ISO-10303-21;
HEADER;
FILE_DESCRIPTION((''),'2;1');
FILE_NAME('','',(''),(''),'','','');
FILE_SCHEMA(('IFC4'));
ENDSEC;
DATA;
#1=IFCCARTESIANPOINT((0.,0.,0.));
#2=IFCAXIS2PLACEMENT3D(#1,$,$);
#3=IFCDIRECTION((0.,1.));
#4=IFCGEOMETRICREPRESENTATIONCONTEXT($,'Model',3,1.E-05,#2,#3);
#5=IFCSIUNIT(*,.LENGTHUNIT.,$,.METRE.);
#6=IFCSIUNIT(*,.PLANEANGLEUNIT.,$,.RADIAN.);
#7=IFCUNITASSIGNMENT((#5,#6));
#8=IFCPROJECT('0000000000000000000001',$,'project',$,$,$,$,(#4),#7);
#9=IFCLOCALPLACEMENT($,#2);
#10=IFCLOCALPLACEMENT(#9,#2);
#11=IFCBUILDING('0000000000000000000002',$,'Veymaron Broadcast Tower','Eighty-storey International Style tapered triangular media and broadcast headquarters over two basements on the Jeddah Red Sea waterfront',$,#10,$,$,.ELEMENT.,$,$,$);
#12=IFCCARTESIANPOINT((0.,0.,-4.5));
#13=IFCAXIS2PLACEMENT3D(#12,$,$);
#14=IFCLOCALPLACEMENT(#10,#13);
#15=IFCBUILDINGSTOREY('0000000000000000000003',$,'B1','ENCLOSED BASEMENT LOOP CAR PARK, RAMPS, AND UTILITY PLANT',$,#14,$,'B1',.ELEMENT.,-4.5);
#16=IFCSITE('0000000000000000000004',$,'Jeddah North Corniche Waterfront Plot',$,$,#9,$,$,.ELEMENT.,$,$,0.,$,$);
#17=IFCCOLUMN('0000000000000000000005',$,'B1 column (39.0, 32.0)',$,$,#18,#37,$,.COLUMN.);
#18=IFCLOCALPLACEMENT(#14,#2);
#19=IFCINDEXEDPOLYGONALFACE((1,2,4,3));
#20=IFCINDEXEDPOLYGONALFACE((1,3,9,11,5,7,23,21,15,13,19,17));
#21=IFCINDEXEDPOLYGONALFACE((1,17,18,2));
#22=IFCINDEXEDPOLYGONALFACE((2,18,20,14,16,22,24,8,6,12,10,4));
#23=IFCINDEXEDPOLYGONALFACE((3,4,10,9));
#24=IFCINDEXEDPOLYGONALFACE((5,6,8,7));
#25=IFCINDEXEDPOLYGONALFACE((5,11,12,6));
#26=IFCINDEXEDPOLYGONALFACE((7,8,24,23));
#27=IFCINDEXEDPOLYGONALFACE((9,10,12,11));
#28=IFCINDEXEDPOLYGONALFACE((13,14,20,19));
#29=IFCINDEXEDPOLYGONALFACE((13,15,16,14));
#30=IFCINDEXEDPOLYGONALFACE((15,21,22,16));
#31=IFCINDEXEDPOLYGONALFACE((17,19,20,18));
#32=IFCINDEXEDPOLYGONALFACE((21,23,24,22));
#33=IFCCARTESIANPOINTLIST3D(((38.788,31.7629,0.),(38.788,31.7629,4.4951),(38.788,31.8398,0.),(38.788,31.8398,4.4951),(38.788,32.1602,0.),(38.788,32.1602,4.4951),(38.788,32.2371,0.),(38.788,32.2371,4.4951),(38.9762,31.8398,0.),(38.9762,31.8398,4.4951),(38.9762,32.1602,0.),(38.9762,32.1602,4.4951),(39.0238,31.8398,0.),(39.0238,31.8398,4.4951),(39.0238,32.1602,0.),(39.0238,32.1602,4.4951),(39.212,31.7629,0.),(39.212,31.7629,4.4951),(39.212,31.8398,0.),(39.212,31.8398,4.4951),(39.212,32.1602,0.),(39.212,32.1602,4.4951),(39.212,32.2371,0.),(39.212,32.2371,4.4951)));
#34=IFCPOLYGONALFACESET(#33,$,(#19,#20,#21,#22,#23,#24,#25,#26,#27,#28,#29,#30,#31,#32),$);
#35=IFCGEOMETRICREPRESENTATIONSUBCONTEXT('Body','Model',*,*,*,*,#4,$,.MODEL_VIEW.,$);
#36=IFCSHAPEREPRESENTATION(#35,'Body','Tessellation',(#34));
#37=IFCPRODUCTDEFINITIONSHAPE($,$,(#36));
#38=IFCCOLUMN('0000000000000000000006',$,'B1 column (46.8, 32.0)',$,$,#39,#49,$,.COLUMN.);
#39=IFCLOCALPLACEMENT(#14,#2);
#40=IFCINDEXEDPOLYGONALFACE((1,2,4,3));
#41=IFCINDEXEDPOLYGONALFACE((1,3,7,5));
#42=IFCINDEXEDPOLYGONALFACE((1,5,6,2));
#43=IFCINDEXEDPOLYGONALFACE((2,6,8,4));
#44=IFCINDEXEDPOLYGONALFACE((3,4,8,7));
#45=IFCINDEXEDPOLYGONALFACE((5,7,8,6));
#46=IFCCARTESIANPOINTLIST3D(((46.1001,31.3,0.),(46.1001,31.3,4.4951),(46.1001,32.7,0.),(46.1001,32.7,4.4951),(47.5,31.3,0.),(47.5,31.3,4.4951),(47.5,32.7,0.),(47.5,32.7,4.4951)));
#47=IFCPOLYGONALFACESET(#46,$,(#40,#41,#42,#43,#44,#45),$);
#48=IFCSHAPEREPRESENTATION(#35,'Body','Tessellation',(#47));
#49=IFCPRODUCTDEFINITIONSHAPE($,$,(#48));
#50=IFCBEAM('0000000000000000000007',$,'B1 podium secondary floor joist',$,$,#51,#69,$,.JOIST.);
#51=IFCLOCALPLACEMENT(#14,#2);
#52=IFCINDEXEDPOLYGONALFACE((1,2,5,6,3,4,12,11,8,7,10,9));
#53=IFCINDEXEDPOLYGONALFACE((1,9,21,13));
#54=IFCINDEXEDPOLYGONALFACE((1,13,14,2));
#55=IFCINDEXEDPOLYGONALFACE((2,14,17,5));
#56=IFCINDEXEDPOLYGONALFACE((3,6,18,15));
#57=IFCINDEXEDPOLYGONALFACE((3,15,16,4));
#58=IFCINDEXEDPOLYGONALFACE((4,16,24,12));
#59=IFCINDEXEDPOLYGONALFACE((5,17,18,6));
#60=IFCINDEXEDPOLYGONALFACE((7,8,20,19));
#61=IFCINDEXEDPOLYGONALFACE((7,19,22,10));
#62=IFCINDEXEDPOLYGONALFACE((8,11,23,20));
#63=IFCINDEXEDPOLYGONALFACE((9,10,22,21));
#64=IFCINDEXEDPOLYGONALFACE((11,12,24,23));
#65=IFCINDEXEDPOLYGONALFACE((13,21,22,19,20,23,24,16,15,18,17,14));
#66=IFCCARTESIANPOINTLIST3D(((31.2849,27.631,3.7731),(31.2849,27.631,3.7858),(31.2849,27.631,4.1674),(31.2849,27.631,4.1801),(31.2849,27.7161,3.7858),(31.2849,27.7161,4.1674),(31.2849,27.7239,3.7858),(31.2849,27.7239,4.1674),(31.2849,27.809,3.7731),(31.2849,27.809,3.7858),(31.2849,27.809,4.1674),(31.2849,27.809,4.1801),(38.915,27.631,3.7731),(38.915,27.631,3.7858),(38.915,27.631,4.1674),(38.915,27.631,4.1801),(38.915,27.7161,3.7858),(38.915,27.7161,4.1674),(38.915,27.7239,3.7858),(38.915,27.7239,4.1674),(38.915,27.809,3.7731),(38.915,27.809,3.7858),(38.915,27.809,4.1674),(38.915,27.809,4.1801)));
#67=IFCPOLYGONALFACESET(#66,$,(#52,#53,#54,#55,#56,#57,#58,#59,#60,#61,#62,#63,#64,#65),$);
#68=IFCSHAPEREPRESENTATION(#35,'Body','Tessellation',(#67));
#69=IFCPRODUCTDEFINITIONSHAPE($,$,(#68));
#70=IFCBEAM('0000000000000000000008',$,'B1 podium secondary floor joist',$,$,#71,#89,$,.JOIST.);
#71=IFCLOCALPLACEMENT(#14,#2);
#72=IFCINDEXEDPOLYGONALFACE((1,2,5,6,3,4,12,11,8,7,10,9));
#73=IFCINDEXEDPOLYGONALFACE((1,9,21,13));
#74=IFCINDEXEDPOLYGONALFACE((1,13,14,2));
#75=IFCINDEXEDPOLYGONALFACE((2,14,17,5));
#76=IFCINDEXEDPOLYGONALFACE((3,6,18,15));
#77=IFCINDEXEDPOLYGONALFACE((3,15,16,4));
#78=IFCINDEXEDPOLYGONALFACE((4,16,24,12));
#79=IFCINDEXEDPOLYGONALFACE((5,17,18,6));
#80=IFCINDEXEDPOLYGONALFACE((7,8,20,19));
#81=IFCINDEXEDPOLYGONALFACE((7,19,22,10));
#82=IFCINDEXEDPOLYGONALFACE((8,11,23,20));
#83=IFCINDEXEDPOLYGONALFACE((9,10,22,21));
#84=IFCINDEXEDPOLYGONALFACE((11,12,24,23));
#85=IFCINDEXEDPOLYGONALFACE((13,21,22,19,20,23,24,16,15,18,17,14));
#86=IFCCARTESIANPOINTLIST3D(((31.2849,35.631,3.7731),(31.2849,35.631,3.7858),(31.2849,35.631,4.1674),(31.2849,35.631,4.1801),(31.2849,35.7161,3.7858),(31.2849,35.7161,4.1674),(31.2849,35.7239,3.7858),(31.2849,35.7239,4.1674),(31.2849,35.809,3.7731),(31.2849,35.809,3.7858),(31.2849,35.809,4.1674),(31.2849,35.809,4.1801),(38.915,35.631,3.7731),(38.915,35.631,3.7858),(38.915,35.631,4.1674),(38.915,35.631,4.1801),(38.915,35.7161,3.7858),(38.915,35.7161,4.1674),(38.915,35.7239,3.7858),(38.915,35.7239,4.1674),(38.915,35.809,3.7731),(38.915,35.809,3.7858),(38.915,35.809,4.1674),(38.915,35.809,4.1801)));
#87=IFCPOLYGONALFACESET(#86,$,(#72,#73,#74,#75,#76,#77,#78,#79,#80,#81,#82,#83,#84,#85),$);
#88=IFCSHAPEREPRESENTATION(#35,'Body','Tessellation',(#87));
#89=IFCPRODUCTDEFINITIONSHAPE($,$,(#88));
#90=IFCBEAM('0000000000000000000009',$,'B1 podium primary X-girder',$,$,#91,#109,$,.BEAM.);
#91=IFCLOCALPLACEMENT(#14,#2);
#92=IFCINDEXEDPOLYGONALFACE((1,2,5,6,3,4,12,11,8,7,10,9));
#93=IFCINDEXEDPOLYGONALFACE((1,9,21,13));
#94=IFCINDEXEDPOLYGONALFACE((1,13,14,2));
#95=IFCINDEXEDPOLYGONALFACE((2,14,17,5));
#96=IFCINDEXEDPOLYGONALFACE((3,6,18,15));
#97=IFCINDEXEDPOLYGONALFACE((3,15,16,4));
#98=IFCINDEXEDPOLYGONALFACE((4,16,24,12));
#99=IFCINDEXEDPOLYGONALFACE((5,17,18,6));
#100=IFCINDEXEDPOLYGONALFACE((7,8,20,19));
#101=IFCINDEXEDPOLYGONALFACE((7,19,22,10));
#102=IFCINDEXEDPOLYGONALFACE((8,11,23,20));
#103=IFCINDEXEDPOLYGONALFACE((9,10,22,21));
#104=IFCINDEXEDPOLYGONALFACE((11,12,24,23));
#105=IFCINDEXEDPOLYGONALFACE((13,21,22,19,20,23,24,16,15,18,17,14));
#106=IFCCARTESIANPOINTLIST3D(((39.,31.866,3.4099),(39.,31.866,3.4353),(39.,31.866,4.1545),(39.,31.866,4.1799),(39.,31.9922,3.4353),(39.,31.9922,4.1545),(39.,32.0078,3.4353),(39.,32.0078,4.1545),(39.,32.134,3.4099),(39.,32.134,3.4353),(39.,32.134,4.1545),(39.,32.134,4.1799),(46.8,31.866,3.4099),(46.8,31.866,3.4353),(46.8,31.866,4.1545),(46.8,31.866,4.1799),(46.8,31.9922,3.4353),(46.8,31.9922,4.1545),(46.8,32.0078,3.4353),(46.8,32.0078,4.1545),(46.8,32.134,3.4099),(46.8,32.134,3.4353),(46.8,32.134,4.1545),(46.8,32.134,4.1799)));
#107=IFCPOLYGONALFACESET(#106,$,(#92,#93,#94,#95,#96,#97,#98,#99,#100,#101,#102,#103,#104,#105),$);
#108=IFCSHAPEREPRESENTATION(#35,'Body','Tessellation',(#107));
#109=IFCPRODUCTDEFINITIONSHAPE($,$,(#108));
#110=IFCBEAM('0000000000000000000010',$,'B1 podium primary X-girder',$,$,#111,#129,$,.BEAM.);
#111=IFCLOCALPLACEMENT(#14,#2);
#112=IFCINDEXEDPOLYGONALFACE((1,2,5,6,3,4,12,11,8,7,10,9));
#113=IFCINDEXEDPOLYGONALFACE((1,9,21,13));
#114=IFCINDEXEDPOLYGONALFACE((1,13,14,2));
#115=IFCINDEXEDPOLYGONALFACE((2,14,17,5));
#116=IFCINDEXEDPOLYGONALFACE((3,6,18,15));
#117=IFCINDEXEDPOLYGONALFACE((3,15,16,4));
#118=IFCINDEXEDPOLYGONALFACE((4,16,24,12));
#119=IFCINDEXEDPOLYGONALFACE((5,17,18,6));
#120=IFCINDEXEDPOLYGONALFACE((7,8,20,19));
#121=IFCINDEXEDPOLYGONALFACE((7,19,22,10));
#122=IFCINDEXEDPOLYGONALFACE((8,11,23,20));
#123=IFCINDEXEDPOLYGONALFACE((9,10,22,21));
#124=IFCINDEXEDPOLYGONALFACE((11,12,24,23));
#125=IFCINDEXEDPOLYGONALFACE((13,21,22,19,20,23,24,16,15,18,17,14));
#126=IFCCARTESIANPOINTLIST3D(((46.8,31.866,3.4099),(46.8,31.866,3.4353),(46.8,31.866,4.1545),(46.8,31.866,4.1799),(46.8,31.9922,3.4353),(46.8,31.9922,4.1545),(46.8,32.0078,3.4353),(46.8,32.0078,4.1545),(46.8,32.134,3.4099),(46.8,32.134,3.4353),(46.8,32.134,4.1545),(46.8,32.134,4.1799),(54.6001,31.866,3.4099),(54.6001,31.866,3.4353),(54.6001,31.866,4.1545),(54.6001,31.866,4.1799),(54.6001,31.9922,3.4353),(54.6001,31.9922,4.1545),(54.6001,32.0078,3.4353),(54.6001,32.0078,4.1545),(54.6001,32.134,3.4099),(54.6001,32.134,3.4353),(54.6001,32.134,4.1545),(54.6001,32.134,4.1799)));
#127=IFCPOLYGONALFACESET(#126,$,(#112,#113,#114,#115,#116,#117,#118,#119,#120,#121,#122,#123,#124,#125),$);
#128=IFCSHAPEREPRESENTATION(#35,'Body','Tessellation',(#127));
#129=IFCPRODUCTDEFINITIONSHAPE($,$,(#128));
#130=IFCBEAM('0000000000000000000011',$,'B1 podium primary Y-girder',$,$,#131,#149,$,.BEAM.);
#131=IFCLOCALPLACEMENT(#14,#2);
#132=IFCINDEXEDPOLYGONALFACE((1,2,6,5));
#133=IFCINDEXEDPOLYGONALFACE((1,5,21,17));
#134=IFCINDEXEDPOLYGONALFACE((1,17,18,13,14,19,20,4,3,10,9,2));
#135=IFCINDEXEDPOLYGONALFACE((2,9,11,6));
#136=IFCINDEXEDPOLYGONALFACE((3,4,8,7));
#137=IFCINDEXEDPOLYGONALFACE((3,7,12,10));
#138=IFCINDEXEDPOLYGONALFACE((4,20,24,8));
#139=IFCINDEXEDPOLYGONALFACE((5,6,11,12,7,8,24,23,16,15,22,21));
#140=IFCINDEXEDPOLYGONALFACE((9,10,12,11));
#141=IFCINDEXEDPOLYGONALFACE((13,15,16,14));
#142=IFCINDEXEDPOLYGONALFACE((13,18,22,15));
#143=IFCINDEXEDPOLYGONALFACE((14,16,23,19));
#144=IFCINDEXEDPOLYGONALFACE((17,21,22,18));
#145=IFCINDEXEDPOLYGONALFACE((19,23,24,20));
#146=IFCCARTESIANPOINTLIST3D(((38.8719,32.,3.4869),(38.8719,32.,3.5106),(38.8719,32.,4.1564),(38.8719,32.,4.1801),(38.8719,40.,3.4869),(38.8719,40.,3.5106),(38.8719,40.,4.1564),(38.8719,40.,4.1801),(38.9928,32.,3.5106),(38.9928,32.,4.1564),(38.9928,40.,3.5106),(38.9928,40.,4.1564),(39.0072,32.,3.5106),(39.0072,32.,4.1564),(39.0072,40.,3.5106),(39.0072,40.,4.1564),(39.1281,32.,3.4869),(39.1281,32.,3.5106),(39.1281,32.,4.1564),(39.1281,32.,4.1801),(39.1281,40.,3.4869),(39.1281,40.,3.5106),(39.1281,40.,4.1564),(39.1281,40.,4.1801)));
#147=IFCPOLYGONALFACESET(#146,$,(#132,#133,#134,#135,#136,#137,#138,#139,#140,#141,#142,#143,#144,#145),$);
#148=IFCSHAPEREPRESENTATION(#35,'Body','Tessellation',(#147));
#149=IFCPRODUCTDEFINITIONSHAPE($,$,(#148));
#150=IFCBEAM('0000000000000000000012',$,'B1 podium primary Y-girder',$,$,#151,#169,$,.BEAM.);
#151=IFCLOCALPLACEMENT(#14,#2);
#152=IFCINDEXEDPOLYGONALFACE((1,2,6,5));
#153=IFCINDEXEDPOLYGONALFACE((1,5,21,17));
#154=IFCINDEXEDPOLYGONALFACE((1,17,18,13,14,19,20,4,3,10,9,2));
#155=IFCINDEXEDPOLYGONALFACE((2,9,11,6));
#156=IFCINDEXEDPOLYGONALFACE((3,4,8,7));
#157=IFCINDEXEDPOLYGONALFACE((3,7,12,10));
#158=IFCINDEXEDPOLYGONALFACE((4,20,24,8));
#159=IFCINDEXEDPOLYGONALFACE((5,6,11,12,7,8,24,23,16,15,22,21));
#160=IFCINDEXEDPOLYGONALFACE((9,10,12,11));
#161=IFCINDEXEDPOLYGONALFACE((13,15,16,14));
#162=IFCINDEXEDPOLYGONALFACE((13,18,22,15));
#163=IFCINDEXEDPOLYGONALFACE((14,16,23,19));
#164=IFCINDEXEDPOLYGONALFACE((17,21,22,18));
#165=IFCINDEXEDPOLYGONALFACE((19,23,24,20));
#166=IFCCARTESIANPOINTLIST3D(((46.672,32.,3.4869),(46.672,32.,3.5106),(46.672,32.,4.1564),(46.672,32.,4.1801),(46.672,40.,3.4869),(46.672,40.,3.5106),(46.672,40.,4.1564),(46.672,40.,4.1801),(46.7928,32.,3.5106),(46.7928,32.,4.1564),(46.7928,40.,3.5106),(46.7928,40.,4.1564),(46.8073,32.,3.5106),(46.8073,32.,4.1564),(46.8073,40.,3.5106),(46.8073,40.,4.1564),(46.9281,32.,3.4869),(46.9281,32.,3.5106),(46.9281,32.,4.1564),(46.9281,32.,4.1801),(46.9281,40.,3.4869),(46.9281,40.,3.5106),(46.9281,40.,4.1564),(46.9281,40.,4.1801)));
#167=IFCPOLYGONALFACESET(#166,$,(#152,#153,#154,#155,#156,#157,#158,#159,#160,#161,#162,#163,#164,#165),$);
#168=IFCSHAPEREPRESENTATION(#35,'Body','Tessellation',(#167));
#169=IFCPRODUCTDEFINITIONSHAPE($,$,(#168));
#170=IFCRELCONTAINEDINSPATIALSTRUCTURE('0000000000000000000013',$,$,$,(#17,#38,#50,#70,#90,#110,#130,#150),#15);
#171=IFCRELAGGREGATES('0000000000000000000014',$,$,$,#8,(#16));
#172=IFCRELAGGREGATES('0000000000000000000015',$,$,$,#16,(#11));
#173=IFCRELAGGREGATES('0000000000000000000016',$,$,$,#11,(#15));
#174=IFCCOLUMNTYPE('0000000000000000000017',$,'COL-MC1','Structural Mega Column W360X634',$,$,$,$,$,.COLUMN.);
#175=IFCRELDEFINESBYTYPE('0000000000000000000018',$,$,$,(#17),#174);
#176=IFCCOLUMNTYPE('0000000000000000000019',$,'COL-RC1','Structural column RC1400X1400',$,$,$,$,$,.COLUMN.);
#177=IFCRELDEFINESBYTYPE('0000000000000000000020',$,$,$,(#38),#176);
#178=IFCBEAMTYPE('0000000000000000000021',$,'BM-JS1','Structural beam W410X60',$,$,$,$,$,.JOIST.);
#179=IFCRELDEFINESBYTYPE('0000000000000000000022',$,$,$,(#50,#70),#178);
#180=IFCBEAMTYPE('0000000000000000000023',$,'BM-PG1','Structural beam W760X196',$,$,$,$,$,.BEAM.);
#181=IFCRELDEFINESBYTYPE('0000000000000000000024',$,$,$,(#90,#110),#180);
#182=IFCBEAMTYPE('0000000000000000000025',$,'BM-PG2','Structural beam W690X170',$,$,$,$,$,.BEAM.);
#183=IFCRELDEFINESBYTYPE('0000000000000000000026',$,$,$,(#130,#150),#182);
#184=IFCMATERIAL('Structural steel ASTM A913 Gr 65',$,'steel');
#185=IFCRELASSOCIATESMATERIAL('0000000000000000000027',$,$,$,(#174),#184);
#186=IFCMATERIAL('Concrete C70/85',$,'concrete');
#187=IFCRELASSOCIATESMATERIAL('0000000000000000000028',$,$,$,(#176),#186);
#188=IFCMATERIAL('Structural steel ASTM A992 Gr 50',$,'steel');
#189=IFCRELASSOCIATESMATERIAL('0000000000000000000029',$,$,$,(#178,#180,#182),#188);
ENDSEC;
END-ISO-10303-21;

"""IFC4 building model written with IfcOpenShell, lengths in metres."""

from ifc_helpers import new_model, si_unit, direction, frame, origin, origin_2d, place, context, subcontext, project, spatial, rectangle, i_section, extrude, material, material_profile, profile_set, type_object, element, save


model = new_model("IFC4")

# Units and contexts
model_context = context("Model", 3, precision=1e-05, world=origin(), true_north=direction((0.0, 1.0)))
body_context = subcontext(model_context, "Body", "Model", "MODEL_VIEW")
ifc_project = project(units=[si_unit("LENGTHUNIT", "METRE"), si_unit("PLANEANGLEUNIT", "RADIAN")], contexts=[model_context])

# Site, building, storey
site_placement = place(None, origin())
site = spatial("IfcSite", under=ifc_project, at=site_placement, Name="Jeddah North Corniche Waterfront Plot", CompositionType="ELEMENT", RefElevation=0.0)
building_placement = place(site_placement, origin())
building = spatial("IfcBuilding", under=site, at=building_placement, Name="Veymaron Broadcast Tower", Description="Eighty-storey International Style tapered triangular media and broadcast headquarters over two basements on the Jeddah Red Sea waterfront", CompositionType="ELEMENT")
storey_placement = place(building_placement, frame((0.0, 0.0, -4.5)))
storey = spatial("IfcBuildingStorey", under=building, at=storey_placement, Name="B1", Description="ENCLOSED BASEMENT LOOP CAR PARK, RAMPS, AND UTILITY PLANT", LongName="B1", CompositionType="ELEMENT", Elevation=-4.5)

# Columns
ifc_material_1 = material(Name="Structural steel ASTM A913 Gr 65", Category="steel")
ifc_material_profile_1 = material_profile(ifc_material_1, i_section(OverallWidth=0.4241, OverallDepth=0.4741, WebThickness=0.0476, FlangeThickness=0.0769, at=origin_2d()), Name="W360X634")
ifc_profile_set_1 = profile_set([ifc_material_profile_1], Name="Structural steel ASTM A913 Gr 65")
column_type_1 = type_object("IfcColumnType", Name="COL-MC1", Description="Structural Mega Column W360X634", PredefinedType="COLUMN", material=ifc_profile_set_1)
column_1_placement = place(storey_placement, frame((39.0, 32.0, 0.0), z_axis=(0.0, 0.0, 1.0), x_axis=(1.0, 0.0, 0.0)))
element("IfcColumn", 1, at=column_1_placement, inside=storey, type_object=column_type_1, Name="B1 column (39.0, 32.0)", PredefinedType="COLUMN", context=body_context, shape_type="SweptSolid", body=[
    extrude(i_section(OverallWidth=0.4241, OverallDepth=0.4741, WebThickness=0.0476, FlangeThickness=0.0769, at=origin_2d()), origin(), (0.0, 0.0, 1.0), 4.4951),
])
ifc_material_2 = material(Name="Concrete C70/85", Category="concrete")
ifc_material_profile_2 = material_profile(ifc_material_2, rectangle(XDim=1.3999, YDim=1.3999, at=origin_2d()), Name="RC1400X1400")
ifc_profile_set_2 = profile_set([ifc_material_profile_2], Name="Concrete C70/85")
column_type_2 = type_object("IfcColumnType", Name="COL-RC1", Description="Structural column RC1400X1400", PredefinedType="COLUMN", material=ifc_profile_set_2)
column_2_placement = place(storey_placement, frame((46.8, 32.0, 0.0), z_axis=(0.0, 0.0, 1.0), x_axis=(1.0, 0.0, 0.0)))
element("IfcColumn", 2, at=column_2_placement, inside=storey, type_object=column_type_2, Name="B1 column (46.8, 32.0)", PredefinedType="COLUMN", context=body_context, shape_type="SweptSolid", body=[
    extrude(rectangle(XDim=1.3999, YDim=1.3999, at=origin_2d()), origin(), (0.0, 0.0, 1.0), 4.4951),
])

# Beams
ifc_material_3 = material(Name="Structural steel ASTM A992 Gr 50", Category="steel")
ifc_material_profile_3 = material_profile(ifc_material_3, i_section(OverallWidth=0.178, OverallDepth=0.407, WebThickness=0.0078, FlangeThickness=0.0127, at=origin_2d()), Name="W410X60")
ifc_profile_set_3 = profile_set([ifc_material_profile_3], Name="Structural steel ASTM A992 Gr 50")
beam_type_1 = type_object("IfcBeamType", Name="BM-JS1", Description="Structural beam W410X60", PredefinedType="JOIST", material=ifc_profile_set_3)
for number, where, z_axis, x_axis, name in (
    (3, (31.2849, 27.72, 3.9766), (1.0, 0.0, 0.0), (0.0, 1.0, 0.0), "B1 podium secondary floor joist"),
    (4, (31.2849, 35.72, 3.9766), (1.0, 0.0, 0.0), (0.0, 1.0, 0.0), "B1 podium secondary floor joist"),
):
    element("IfcBeam", number, at=place(storey_placement, frame(where, z_axis=z_axis, x_axis=x_axis)), inside=storey, type_object=beam_type_1, Name=name, PredefinedType="JOIST", context=body_context, shape_type="SweptSolid", body=[
        extrude(i_section(OverallWidth=0.178, OverallDepth=0.407, WebThickness=0.0078, FlangeThickness=0.0127, at=origin_2d()), origin(), (0.0, 0.0, 1.0), 7.6301),
    ])
ifc_material_profile_4 = material_profile(ifc_material_3, i_section(OverallWidth=0.2681, OverallDepth=0.77, WebThickness=0.0156, FlangeThickness=0.0254, at=origin_2d()), Name="W760X196")
ifc_profile_set_4 = profile_set([ifc_material_profile_4], Name="Structural steel ASTM A992 Gr 50")
beam_type_2 = type_object("IfcBeamType", Name="BM-PG1", Description="Structural beam W760X196", PredefinedType="BEAM", material=ifc_profile_set_4)
for number, where, z_axis, x_axis, name in (
    (5, (39.0, 32.0, 3.7949), (1.0, 0.0, 0.0), (0.0, 1.0, 0.0), "B1 podium primary X-girder"),
    (6, (46.8, 32.0, 3.7949), (1.0, 0.0, 0.0), (0.0, 1.0, 0.0), "B1 podium primary X-girder"),
):
    element("IfcBeam", number, at=place(storey_placement, frame(where, z_axis=z_axis, x_axis=x_axis)), inside=storey, type_object=beam_type_2, Name=name, PredefinedType="BEAM", context=body_context, shape_type="SweptSolid", body=[
        extrude(i_section(OverallWidth=0.2681, OverallDepth=0.77, WebThickness=0.0156, FlangeThickness=0.0254, at=origin_2d()), origin(), (0.0, 0.0, 1.0), 7.8),
    ])
ifc_material_profile_5 = material_profile(ifc_material_3, i_section(OverallWidth=0.2561, OverallDepth=0.6931, WebThickness=0.0144, FlangeThickness=0.0237, at=origin_2d()), Name="W690X170")
ifc_profile_set_5 = profile_set([ifc_material_profile_5], Name="Structural steel ASTM A992 Gr 50")
beam_type_3 = type_object("IfcBeamType", Name="BM-PG2", Description="Structural beam W690X170", PredefinedType="BEAM", material=ifc_profile_set_5)
for number, where, z_axis, x_axis, name in (
    (7, (39.0, 32.0, 3.8335), (0.0, 1.0, 0.0), (-1.0, 0.0, 0.0), "B1 podium primary Y-girder"),
    (8, (46.8, 32.0, 3.8335), (0.0, 1.0, 0.0), (-1.0, 0.0, 0.0), "B1 podium primary Y-girder"),
):
    element("IfcBeam", number, at=place(storey_placement, frame(where, z_axis=z_axis, x_axis=x_axis)), inside=storey, type_object=beam_type_3, Name=name, PredefinedType="BEAM", context=body_context, shape_type="SweptSolid", body=[
        extrude(i_section(OverallWidth=0.2561, OverallDepth=0.6931, WebThickness=0.0144, FlangeThickness=0.0237, at=origin_2d()), origin(), (0.0, 0.0, 1.0), 8.0),
    ])

save(model, "model.ifc")
